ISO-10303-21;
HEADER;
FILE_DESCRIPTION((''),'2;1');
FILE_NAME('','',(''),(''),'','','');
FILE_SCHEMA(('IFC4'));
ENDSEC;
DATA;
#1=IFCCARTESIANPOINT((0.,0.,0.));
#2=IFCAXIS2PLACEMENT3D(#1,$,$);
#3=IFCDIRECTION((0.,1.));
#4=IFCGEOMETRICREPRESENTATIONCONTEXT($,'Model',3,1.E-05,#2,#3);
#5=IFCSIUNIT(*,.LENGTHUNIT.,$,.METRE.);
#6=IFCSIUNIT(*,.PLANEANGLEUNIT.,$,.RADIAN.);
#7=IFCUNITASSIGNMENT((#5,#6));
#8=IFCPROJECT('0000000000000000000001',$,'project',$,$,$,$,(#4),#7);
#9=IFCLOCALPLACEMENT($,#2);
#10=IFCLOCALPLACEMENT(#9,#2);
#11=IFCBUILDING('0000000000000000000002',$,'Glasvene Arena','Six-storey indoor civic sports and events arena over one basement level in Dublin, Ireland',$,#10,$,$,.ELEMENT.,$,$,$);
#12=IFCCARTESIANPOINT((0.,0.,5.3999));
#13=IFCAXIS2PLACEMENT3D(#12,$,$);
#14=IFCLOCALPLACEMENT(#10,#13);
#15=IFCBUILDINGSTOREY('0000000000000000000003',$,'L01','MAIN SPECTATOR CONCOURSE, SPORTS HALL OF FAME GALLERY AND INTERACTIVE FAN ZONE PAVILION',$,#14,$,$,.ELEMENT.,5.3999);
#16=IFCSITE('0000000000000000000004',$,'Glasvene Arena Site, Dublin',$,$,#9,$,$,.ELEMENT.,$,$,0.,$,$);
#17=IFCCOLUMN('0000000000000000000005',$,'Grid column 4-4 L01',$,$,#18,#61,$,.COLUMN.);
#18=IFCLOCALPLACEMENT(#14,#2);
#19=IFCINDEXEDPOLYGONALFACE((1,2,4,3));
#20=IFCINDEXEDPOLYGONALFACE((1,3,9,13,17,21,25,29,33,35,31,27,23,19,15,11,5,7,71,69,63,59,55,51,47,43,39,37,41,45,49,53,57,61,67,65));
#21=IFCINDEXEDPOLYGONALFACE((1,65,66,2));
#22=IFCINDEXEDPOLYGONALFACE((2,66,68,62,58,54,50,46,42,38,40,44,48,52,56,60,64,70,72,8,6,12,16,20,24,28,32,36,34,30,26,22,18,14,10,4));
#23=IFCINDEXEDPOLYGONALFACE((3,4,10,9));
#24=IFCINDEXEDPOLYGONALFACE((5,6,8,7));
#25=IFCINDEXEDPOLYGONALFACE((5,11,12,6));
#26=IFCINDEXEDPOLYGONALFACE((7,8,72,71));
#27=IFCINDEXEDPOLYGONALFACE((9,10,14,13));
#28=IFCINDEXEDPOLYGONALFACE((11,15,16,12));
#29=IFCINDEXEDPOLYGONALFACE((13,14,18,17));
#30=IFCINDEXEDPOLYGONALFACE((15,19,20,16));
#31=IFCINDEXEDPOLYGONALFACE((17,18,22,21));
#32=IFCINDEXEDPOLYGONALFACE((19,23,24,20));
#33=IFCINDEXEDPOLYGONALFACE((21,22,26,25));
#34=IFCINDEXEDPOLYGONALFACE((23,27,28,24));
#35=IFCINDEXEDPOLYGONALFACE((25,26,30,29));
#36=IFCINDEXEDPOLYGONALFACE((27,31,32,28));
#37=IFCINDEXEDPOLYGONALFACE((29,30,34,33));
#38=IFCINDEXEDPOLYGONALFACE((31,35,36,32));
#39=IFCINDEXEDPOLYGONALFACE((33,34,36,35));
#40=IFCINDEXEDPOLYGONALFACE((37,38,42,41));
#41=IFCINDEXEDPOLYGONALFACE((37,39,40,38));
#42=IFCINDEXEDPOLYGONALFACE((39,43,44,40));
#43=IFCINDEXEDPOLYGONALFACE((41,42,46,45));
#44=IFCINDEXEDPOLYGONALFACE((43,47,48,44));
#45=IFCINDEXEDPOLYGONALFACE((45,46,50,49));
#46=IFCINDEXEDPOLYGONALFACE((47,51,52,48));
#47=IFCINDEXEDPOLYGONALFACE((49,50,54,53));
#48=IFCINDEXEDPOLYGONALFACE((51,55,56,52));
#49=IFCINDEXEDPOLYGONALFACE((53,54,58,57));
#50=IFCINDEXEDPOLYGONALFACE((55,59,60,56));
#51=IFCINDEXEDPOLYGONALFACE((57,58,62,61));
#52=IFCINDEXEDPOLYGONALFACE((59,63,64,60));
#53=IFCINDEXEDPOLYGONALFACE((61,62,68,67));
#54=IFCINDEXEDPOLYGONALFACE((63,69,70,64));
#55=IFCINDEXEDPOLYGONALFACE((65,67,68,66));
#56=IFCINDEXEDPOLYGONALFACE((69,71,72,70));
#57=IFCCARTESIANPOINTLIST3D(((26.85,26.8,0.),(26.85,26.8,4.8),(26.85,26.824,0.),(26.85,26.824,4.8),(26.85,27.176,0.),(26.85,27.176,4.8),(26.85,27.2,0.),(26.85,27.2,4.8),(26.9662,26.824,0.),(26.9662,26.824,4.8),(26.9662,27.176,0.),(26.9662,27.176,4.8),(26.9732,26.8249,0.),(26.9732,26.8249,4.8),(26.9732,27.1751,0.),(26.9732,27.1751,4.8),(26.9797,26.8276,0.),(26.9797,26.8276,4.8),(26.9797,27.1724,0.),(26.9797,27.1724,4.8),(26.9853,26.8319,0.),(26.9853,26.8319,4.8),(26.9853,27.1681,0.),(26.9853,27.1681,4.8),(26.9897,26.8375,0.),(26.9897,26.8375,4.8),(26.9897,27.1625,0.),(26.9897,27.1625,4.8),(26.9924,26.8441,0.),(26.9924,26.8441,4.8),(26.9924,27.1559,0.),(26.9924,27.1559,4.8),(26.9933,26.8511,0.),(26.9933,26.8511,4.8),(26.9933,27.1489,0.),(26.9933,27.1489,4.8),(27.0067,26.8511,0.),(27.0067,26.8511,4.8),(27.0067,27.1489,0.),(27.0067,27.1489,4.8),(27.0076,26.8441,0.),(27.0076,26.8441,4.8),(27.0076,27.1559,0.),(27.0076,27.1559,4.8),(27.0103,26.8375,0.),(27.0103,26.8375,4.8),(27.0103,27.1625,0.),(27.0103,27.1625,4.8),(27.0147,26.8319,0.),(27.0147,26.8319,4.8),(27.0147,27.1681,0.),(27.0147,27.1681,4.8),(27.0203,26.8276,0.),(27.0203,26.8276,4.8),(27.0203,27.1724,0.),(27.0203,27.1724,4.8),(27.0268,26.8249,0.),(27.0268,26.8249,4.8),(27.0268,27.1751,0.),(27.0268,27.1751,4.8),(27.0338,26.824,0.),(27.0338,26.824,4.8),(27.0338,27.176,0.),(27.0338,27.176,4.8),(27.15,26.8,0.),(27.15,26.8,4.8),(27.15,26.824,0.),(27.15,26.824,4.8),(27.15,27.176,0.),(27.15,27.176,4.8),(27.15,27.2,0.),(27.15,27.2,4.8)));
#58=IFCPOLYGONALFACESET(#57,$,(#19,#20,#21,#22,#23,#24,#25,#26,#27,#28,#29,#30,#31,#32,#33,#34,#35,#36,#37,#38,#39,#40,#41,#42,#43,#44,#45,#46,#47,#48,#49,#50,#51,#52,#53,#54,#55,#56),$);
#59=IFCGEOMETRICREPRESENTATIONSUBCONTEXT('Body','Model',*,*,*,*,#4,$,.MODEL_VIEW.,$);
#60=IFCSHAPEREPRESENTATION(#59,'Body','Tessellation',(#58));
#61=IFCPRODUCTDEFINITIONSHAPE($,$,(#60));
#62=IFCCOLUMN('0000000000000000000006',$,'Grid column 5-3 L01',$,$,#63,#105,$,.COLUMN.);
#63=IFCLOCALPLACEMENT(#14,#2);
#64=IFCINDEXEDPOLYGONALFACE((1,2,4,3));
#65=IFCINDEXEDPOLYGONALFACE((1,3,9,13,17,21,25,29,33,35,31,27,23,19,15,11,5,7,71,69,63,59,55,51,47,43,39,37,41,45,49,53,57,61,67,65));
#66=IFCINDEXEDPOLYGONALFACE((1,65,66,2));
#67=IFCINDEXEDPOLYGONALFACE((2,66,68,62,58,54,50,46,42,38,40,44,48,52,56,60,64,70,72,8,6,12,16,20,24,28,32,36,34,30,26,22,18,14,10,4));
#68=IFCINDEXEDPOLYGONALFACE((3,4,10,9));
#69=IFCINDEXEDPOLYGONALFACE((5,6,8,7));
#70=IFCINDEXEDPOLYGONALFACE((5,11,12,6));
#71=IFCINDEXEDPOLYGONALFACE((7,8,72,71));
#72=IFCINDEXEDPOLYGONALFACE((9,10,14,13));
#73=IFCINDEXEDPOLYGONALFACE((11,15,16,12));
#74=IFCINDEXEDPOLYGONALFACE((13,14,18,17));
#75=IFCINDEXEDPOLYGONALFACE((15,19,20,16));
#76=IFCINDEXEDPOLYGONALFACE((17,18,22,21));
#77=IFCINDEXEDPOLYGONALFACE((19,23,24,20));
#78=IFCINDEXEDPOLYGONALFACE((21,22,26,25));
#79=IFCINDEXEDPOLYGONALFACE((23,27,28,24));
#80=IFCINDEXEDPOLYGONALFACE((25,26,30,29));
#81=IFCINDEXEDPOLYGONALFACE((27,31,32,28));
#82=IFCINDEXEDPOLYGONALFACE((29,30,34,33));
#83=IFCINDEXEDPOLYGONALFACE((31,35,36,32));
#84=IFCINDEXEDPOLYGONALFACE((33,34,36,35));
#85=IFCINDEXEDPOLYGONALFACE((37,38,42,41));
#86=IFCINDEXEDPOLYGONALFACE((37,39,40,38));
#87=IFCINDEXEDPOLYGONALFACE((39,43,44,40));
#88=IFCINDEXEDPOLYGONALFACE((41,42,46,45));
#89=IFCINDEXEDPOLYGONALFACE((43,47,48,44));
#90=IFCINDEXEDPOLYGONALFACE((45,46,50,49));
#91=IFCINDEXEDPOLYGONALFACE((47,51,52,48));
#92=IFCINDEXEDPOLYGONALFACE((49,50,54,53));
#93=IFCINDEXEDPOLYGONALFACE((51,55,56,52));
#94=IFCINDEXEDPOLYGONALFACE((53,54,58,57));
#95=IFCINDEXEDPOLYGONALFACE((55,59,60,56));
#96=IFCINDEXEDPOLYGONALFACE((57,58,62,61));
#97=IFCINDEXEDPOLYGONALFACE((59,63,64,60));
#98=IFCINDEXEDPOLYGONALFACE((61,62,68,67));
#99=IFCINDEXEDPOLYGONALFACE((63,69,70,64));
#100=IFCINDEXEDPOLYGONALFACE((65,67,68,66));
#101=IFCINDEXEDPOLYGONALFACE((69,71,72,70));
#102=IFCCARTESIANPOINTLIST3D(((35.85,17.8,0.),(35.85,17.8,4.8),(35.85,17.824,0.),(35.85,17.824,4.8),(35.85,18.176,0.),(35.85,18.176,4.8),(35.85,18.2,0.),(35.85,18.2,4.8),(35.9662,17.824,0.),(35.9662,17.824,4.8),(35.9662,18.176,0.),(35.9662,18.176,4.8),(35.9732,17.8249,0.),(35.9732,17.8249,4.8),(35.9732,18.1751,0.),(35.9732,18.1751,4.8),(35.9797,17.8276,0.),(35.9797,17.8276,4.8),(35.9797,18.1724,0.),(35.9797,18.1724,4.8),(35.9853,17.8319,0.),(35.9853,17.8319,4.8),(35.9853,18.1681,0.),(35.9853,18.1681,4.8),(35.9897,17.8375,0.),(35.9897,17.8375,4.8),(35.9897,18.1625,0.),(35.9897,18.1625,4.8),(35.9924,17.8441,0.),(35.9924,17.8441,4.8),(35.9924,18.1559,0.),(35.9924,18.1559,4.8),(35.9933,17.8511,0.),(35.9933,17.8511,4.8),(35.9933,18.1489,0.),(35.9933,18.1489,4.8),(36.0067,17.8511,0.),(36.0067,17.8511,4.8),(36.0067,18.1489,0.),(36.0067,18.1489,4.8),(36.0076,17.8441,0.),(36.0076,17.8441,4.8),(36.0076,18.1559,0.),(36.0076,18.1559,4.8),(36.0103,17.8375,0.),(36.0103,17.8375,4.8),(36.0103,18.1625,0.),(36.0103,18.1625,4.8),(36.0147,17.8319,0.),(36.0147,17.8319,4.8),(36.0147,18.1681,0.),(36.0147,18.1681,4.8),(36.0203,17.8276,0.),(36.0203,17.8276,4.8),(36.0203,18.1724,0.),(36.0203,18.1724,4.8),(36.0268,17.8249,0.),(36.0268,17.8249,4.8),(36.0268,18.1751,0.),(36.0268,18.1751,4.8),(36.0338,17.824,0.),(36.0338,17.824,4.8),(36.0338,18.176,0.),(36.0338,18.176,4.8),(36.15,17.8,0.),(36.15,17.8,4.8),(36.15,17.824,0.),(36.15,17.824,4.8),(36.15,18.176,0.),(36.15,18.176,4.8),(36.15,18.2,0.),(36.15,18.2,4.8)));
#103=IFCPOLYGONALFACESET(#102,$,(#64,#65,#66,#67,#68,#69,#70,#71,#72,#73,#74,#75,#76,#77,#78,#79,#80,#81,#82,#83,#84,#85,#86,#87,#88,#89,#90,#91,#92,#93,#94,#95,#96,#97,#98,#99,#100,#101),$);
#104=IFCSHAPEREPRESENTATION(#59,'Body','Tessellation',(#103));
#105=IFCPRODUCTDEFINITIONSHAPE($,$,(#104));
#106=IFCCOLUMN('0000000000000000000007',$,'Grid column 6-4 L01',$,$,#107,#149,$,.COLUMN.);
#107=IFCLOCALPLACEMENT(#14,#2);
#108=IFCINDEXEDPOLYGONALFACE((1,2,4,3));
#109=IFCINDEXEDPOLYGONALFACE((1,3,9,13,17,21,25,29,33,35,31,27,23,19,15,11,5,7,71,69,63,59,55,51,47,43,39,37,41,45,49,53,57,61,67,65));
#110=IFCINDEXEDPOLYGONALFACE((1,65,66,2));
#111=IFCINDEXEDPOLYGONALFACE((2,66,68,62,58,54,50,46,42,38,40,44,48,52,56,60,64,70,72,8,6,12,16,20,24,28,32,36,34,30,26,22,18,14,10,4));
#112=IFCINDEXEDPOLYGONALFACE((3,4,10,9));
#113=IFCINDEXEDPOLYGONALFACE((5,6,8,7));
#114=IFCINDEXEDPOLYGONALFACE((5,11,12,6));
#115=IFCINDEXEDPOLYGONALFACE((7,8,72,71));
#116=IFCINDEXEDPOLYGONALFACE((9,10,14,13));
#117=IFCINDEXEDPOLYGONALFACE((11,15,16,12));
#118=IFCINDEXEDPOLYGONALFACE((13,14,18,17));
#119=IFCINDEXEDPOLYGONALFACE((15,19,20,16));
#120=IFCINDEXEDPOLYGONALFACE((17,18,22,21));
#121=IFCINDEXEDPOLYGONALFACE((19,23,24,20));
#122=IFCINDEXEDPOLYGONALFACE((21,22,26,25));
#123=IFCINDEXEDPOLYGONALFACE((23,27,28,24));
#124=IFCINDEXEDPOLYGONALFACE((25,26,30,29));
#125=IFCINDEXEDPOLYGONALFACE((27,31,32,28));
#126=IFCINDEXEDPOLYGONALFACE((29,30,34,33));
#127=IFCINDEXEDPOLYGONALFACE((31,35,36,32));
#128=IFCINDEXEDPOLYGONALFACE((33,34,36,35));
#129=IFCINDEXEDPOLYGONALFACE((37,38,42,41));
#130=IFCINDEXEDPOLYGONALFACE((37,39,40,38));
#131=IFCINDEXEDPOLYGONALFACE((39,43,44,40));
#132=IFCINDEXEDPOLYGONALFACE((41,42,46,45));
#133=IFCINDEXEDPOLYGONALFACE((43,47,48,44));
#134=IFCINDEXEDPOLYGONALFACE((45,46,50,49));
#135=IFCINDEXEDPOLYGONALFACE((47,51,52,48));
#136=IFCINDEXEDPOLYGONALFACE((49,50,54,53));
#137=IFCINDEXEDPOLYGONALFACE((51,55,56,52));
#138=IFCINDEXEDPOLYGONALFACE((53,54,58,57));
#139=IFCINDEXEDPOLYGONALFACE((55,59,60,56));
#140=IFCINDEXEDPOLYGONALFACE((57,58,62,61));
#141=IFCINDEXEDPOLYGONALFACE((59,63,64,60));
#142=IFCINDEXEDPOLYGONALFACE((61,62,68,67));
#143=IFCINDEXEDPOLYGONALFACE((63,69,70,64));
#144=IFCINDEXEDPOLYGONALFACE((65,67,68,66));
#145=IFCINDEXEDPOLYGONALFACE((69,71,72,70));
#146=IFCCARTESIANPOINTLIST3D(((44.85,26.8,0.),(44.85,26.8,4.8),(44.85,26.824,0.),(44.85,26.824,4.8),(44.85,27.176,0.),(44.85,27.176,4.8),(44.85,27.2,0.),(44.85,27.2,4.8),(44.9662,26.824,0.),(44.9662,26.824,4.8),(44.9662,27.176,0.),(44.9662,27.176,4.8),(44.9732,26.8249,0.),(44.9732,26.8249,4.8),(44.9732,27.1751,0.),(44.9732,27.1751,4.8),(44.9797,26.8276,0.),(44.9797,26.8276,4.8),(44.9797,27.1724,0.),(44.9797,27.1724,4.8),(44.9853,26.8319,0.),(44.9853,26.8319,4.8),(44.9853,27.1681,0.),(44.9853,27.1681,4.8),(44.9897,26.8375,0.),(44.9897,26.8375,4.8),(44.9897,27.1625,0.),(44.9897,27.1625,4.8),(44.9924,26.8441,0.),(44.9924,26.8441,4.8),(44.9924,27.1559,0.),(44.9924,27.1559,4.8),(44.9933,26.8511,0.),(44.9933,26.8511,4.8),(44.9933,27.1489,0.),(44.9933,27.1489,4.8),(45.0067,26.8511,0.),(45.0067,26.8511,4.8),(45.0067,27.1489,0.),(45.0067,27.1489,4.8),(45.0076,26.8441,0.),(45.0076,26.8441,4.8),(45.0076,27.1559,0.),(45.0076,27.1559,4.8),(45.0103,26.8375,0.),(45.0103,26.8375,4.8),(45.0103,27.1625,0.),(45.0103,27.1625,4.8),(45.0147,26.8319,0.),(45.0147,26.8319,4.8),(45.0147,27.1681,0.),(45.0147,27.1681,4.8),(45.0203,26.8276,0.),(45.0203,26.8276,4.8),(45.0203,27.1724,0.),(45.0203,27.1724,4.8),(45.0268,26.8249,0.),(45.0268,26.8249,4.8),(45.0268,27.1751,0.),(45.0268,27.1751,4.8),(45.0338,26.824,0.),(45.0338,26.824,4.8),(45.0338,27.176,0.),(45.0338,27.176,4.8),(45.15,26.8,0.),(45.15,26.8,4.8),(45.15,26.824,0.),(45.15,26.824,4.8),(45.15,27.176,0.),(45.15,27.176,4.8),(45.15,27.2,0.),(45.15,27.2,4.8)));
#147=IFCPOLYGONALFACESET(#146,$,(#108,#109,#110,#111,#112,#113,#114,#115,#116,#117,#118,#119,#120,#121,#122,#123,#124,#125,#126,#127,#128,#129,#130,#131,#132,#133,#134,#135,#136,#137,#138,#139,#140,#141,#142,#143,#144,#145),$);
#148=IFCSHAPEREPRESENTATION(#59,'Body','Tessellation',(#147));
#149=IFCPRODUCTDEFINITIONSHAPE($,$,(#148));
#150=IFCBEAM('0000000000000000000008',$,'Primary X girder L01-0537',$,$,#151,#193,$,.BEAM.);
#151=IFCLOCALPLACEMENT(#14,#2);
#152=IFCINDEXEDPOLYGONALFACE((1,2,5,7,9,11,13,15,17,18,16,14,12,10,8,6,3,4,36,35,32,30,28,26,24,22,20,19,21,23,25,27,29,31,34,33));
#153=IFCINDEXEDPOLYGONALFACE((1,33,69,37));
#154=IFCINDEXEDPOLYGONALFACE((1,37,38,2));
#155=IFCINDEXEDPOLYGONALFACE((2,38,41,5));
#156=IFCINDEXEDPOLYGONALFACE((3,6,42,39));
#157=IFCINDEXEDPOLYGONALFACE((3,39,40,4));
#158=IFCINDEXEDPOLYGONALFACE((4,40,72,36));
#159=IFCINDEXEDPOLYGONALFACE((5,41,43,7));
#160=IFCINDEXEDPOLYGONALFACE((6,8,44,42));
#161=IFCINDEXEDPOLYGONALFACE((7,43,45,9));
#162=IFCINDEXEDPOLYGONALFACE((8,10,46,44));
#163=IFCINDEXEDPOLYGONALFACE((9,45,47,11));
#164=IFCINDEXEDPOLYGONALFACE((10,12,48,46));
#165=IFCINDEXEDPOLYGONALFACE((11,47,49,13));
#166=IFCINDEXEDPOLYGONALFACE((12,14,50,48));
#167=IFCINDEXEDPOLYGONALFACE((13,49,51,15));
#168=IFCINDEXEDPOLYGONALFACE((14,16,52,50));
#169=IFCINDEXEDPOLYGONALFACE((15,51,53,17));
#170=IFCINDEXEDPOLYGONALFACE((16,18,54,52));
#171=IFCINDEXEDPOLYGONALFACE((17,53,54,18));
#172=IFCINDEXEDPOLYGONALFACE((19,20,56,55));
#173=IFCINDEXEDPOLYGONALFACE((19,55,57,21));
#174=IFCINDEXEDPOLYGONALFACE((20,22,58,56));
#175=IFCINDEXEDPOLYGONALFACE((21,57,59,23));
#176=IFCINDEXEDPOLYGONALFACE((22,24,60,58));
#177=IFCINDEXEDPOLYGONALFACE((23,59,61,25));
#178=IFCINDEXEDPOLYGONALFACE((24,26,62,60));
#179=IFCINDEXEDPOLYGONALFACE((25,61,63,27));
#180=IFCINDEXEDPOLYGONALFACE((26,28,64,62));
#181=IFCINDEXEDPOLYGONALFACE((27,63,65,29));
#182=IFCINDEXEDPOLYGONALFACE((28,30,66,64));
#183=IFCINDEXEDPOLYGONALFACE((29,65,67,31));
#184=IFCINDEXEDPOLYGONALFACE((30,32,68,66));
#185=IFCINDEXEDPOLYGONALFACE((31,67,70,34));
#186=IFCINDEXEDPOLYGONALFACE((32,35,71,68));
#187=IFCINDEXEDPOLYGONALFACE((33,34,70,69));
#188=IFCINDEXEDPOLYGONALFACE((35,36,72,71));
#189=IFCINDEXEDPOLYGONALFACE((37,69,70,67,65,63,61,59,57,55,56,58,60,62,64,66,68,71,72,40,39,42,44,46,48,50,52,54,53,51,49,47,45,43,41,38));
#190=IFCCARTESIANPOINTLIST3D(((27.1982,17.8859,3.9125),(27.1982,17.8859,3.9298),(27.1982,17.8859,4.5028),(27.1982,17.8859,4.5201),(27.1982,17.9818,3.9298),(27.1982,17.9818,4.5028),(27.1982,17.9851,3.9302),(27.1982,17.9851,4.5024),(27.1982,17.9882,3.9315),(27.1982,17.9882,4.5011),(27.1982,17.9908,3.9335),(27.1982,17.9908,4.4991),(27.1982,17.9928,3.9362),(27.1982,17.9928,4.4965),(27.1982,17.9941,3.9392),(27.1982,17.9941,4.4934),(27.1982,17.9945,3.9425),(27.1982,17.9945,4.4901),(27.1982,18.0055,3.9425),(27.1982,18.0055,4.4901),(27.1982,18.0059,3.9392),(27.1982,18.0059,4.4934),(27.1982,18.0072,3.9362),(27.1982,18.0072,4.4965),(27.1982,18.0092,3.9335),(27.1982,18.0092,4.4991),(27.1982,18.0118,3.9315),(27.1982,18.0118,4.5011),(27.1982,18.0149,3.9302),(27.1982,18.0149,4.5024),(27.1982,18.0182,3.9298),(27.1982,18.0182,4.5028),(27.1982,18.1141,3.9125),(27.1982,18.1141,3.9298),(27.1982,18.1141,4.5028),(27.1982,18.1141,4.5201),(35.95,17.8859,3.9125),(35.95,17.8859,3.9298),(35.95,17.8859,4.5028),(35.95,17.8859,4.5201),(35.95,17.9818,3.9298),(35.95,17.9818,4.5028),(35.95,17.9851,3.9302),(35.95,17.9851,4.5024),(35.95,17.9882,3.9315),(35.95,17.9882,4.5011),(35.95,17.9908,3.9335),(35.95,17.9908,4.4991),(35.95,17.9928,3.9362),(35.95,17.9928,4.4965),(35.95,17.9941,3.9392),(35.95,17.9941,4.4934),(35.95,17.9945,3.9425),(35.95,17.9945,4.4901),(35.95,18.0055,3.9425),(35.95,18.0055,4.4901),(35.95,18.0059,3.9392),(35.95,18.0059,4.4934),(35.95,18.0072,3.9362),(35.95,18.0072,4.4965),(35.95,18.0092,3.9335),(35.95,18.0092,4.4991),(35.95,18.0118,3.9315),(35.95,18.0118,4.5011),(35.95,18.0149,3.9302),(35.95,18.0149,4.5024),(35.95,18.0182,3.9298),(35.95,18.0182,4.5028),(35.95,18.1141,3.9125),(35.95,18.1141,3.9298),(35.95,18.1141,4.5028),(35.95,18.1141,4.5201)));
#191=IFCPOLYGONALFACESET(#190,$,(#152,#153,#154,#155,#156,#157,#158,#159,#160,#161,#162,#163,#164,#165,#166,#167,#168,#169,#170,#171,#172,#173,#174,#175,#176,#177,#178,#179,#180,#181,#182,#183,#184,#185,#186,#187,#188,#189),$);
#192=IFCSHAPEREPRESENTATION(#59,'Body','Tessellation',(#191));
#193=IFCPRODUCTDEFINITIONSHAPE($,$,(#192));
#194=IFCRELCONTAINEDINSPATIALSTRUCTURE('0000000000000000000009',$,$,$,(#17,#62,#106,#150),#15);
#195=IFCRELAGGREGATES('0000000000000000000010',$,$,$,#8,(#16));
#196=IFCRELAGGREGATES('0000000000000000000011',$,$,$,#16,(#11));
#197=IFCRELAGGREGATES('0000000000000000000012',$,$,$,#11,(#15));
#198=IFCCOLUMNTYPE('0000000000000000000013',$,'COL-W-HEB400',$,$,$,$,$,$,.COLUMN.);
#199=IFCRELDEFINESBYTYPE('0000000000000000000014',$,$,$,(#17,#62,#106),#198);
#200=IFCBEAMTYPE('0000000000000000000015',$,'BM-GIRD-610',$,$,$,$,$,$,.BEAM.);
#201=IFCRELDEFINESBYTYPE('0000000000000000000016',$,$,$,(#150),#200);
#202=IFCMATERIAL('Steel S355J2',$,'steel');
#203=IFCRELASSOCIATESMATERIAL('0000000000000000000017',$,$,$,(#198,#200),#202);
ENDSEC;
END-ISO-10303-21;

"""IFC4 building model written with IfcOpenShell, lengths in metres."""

from ifc_helpers import new_model, si_unit, direction, frame, origin, origin_2d, place, context, subcontext, project, spatial, i_section, extrude, material, material_profile, profile_set, type_object, element, save


model = new_model("IFC4")

# Units and contexts
model_context = context("Model", 3, precision=1e-05, world=origin(), true_north=direction((0.0, 1.0)))
body_context = subcontext(model_context, "Body", "Model", "MODEL_VIEW")
ifc_project = project(units=[si_unit("LENGTHUNIT", "METRE"), si_unit("PLANEANGLEUNIT", "RADIAN")], contexts=[model_context])

# Site, building, storey
site_placement = place(None, origin())
site = spatial("IfcSite", under=ifc_project, at=site_placement, Name="Glasvene Arena Site, Dublin", CompositionType="ELEMENT", RefElevation=0.0)
building_placement = place(site_placement, origin())
building = spatial("IfcBuilding", under=site, at=building_placement, Name="Glasvene Arena", Description="Six-storey indoor civic sports and events arena over one basement level in Dublin, Ireland", CompositionType="ELEMENT")
storey_placement = place(building_placement, frame((0.0, 0.0, 5.3999)))
storey = spatial("IfcBuildingStorey", under=building, at=storey_placement, Name="L01", Description="MAIN SPECTATOR CONCOURSE, SPORTS HALL OF FAME GALLERY AND INTERACTIVE FAN ZONE PAVILION", CompositionType="ELEMENT", Elevation=5.3999)

# Columns
ifc_material_1 = material(Name="Steel S355J2", Category="steel")
ifc_material_profile_1 = material_profile(ifc_material_1, i_section(OverallWidth=0.3, OverallDepth=0.3999, WebThickness=0.0134, FlangeThickness=0.0239, FilletRadius=0.0271, at=origin_2d()), Name="HEB 400")
ifc_profile_set_1 = profile_set([ifc_material_profile_1], Name="Steel S355J2")
column_type_1 = type_object("IfcColumnType", Name="COL-W-HEB400", PredefinedType="COLUMN", material=ifc_profile_set_1)
for number, where, z_axis, x_axis, name in (
    (1, (27.0, 27.0, 0.0), (0.0, 0.0, 1.0), (1.0, 0.0, 0.0), "Grid column 4-4 L01"),
    (2, (36.0, 18.0, 0.0), (0.0, 0.0, 1.0), (1.0, 0.0, 0.0), "Grid column 5-3 L01"),
    (3, (45.0, 27.0, 0.0), (0.0, 0.0, 1.0), (1.0, 0.0, 0.0), "Grid column 6-4 L01"),
):
    element("IfcColumn", number, at=place(storey_placement, frame(where, z_axis=z_axis, x_axis=x_axis)), inside=storey, type_object=column_type_1, Name=name, PredefinedType="COLUMN", context=body_context, shape_type="SweptSolid", body=[
        extrude(i_section(OverallWidth=0.3, OverallDepth=0.3999, WebThickness=0.0134, FlangeThickness=0.0239, FilletRadius=0.0271, at=origin_2d()), origin(), (0.0, 0.0, 1.0), 4.8),
    ])

# Beam
ifc_material_profile_2 = material_profile(ifc_material_1, i_section(OverallWidth=0.2283, OverallDepth=0.6077, WebThickness=0.011, FlangeThickness=0.0173, FilletRadius=0.0127, at=origin_2d()), Name="UKB 610x229x113")
ifc_profile_set_2 = profile_set([ifc_material_profile_2], Name="Steel S355J2")
beam_type_1 = type_object("IfcBeamType", Name="BM-GIRD-610", PredefinedType="BEAM", material=ifc_profile_set_2)
for number, where, z_axis, x_axis, name in (
    (4, (27.1982, 18.0, 4.2163), (1.0, 0.0, 0.0), (0.0, 1.0, 0.0), "Primary X girder L01-0537"),
):
    element("IfcBeam", number, at=place(storey_placement, frame(where, z_axis=z_axis, x_axis=x_axis)), inside=storey, type_object=beam_type_1, Name=name, PredefinedType="BEAM", context=body_context, shape_type="SweptSolid", body=[
        extrude(i_section(OverallWidth=0.2283, OverallDepth=0.6077, WebThickness=0.011, FlangeThickness=0.0173, FilletRadius=0.0127, at=origin_2d()), origin(), (0.0, 0.0, 1.0), 8.7517),
    ])

save(model, "model.ifc")
